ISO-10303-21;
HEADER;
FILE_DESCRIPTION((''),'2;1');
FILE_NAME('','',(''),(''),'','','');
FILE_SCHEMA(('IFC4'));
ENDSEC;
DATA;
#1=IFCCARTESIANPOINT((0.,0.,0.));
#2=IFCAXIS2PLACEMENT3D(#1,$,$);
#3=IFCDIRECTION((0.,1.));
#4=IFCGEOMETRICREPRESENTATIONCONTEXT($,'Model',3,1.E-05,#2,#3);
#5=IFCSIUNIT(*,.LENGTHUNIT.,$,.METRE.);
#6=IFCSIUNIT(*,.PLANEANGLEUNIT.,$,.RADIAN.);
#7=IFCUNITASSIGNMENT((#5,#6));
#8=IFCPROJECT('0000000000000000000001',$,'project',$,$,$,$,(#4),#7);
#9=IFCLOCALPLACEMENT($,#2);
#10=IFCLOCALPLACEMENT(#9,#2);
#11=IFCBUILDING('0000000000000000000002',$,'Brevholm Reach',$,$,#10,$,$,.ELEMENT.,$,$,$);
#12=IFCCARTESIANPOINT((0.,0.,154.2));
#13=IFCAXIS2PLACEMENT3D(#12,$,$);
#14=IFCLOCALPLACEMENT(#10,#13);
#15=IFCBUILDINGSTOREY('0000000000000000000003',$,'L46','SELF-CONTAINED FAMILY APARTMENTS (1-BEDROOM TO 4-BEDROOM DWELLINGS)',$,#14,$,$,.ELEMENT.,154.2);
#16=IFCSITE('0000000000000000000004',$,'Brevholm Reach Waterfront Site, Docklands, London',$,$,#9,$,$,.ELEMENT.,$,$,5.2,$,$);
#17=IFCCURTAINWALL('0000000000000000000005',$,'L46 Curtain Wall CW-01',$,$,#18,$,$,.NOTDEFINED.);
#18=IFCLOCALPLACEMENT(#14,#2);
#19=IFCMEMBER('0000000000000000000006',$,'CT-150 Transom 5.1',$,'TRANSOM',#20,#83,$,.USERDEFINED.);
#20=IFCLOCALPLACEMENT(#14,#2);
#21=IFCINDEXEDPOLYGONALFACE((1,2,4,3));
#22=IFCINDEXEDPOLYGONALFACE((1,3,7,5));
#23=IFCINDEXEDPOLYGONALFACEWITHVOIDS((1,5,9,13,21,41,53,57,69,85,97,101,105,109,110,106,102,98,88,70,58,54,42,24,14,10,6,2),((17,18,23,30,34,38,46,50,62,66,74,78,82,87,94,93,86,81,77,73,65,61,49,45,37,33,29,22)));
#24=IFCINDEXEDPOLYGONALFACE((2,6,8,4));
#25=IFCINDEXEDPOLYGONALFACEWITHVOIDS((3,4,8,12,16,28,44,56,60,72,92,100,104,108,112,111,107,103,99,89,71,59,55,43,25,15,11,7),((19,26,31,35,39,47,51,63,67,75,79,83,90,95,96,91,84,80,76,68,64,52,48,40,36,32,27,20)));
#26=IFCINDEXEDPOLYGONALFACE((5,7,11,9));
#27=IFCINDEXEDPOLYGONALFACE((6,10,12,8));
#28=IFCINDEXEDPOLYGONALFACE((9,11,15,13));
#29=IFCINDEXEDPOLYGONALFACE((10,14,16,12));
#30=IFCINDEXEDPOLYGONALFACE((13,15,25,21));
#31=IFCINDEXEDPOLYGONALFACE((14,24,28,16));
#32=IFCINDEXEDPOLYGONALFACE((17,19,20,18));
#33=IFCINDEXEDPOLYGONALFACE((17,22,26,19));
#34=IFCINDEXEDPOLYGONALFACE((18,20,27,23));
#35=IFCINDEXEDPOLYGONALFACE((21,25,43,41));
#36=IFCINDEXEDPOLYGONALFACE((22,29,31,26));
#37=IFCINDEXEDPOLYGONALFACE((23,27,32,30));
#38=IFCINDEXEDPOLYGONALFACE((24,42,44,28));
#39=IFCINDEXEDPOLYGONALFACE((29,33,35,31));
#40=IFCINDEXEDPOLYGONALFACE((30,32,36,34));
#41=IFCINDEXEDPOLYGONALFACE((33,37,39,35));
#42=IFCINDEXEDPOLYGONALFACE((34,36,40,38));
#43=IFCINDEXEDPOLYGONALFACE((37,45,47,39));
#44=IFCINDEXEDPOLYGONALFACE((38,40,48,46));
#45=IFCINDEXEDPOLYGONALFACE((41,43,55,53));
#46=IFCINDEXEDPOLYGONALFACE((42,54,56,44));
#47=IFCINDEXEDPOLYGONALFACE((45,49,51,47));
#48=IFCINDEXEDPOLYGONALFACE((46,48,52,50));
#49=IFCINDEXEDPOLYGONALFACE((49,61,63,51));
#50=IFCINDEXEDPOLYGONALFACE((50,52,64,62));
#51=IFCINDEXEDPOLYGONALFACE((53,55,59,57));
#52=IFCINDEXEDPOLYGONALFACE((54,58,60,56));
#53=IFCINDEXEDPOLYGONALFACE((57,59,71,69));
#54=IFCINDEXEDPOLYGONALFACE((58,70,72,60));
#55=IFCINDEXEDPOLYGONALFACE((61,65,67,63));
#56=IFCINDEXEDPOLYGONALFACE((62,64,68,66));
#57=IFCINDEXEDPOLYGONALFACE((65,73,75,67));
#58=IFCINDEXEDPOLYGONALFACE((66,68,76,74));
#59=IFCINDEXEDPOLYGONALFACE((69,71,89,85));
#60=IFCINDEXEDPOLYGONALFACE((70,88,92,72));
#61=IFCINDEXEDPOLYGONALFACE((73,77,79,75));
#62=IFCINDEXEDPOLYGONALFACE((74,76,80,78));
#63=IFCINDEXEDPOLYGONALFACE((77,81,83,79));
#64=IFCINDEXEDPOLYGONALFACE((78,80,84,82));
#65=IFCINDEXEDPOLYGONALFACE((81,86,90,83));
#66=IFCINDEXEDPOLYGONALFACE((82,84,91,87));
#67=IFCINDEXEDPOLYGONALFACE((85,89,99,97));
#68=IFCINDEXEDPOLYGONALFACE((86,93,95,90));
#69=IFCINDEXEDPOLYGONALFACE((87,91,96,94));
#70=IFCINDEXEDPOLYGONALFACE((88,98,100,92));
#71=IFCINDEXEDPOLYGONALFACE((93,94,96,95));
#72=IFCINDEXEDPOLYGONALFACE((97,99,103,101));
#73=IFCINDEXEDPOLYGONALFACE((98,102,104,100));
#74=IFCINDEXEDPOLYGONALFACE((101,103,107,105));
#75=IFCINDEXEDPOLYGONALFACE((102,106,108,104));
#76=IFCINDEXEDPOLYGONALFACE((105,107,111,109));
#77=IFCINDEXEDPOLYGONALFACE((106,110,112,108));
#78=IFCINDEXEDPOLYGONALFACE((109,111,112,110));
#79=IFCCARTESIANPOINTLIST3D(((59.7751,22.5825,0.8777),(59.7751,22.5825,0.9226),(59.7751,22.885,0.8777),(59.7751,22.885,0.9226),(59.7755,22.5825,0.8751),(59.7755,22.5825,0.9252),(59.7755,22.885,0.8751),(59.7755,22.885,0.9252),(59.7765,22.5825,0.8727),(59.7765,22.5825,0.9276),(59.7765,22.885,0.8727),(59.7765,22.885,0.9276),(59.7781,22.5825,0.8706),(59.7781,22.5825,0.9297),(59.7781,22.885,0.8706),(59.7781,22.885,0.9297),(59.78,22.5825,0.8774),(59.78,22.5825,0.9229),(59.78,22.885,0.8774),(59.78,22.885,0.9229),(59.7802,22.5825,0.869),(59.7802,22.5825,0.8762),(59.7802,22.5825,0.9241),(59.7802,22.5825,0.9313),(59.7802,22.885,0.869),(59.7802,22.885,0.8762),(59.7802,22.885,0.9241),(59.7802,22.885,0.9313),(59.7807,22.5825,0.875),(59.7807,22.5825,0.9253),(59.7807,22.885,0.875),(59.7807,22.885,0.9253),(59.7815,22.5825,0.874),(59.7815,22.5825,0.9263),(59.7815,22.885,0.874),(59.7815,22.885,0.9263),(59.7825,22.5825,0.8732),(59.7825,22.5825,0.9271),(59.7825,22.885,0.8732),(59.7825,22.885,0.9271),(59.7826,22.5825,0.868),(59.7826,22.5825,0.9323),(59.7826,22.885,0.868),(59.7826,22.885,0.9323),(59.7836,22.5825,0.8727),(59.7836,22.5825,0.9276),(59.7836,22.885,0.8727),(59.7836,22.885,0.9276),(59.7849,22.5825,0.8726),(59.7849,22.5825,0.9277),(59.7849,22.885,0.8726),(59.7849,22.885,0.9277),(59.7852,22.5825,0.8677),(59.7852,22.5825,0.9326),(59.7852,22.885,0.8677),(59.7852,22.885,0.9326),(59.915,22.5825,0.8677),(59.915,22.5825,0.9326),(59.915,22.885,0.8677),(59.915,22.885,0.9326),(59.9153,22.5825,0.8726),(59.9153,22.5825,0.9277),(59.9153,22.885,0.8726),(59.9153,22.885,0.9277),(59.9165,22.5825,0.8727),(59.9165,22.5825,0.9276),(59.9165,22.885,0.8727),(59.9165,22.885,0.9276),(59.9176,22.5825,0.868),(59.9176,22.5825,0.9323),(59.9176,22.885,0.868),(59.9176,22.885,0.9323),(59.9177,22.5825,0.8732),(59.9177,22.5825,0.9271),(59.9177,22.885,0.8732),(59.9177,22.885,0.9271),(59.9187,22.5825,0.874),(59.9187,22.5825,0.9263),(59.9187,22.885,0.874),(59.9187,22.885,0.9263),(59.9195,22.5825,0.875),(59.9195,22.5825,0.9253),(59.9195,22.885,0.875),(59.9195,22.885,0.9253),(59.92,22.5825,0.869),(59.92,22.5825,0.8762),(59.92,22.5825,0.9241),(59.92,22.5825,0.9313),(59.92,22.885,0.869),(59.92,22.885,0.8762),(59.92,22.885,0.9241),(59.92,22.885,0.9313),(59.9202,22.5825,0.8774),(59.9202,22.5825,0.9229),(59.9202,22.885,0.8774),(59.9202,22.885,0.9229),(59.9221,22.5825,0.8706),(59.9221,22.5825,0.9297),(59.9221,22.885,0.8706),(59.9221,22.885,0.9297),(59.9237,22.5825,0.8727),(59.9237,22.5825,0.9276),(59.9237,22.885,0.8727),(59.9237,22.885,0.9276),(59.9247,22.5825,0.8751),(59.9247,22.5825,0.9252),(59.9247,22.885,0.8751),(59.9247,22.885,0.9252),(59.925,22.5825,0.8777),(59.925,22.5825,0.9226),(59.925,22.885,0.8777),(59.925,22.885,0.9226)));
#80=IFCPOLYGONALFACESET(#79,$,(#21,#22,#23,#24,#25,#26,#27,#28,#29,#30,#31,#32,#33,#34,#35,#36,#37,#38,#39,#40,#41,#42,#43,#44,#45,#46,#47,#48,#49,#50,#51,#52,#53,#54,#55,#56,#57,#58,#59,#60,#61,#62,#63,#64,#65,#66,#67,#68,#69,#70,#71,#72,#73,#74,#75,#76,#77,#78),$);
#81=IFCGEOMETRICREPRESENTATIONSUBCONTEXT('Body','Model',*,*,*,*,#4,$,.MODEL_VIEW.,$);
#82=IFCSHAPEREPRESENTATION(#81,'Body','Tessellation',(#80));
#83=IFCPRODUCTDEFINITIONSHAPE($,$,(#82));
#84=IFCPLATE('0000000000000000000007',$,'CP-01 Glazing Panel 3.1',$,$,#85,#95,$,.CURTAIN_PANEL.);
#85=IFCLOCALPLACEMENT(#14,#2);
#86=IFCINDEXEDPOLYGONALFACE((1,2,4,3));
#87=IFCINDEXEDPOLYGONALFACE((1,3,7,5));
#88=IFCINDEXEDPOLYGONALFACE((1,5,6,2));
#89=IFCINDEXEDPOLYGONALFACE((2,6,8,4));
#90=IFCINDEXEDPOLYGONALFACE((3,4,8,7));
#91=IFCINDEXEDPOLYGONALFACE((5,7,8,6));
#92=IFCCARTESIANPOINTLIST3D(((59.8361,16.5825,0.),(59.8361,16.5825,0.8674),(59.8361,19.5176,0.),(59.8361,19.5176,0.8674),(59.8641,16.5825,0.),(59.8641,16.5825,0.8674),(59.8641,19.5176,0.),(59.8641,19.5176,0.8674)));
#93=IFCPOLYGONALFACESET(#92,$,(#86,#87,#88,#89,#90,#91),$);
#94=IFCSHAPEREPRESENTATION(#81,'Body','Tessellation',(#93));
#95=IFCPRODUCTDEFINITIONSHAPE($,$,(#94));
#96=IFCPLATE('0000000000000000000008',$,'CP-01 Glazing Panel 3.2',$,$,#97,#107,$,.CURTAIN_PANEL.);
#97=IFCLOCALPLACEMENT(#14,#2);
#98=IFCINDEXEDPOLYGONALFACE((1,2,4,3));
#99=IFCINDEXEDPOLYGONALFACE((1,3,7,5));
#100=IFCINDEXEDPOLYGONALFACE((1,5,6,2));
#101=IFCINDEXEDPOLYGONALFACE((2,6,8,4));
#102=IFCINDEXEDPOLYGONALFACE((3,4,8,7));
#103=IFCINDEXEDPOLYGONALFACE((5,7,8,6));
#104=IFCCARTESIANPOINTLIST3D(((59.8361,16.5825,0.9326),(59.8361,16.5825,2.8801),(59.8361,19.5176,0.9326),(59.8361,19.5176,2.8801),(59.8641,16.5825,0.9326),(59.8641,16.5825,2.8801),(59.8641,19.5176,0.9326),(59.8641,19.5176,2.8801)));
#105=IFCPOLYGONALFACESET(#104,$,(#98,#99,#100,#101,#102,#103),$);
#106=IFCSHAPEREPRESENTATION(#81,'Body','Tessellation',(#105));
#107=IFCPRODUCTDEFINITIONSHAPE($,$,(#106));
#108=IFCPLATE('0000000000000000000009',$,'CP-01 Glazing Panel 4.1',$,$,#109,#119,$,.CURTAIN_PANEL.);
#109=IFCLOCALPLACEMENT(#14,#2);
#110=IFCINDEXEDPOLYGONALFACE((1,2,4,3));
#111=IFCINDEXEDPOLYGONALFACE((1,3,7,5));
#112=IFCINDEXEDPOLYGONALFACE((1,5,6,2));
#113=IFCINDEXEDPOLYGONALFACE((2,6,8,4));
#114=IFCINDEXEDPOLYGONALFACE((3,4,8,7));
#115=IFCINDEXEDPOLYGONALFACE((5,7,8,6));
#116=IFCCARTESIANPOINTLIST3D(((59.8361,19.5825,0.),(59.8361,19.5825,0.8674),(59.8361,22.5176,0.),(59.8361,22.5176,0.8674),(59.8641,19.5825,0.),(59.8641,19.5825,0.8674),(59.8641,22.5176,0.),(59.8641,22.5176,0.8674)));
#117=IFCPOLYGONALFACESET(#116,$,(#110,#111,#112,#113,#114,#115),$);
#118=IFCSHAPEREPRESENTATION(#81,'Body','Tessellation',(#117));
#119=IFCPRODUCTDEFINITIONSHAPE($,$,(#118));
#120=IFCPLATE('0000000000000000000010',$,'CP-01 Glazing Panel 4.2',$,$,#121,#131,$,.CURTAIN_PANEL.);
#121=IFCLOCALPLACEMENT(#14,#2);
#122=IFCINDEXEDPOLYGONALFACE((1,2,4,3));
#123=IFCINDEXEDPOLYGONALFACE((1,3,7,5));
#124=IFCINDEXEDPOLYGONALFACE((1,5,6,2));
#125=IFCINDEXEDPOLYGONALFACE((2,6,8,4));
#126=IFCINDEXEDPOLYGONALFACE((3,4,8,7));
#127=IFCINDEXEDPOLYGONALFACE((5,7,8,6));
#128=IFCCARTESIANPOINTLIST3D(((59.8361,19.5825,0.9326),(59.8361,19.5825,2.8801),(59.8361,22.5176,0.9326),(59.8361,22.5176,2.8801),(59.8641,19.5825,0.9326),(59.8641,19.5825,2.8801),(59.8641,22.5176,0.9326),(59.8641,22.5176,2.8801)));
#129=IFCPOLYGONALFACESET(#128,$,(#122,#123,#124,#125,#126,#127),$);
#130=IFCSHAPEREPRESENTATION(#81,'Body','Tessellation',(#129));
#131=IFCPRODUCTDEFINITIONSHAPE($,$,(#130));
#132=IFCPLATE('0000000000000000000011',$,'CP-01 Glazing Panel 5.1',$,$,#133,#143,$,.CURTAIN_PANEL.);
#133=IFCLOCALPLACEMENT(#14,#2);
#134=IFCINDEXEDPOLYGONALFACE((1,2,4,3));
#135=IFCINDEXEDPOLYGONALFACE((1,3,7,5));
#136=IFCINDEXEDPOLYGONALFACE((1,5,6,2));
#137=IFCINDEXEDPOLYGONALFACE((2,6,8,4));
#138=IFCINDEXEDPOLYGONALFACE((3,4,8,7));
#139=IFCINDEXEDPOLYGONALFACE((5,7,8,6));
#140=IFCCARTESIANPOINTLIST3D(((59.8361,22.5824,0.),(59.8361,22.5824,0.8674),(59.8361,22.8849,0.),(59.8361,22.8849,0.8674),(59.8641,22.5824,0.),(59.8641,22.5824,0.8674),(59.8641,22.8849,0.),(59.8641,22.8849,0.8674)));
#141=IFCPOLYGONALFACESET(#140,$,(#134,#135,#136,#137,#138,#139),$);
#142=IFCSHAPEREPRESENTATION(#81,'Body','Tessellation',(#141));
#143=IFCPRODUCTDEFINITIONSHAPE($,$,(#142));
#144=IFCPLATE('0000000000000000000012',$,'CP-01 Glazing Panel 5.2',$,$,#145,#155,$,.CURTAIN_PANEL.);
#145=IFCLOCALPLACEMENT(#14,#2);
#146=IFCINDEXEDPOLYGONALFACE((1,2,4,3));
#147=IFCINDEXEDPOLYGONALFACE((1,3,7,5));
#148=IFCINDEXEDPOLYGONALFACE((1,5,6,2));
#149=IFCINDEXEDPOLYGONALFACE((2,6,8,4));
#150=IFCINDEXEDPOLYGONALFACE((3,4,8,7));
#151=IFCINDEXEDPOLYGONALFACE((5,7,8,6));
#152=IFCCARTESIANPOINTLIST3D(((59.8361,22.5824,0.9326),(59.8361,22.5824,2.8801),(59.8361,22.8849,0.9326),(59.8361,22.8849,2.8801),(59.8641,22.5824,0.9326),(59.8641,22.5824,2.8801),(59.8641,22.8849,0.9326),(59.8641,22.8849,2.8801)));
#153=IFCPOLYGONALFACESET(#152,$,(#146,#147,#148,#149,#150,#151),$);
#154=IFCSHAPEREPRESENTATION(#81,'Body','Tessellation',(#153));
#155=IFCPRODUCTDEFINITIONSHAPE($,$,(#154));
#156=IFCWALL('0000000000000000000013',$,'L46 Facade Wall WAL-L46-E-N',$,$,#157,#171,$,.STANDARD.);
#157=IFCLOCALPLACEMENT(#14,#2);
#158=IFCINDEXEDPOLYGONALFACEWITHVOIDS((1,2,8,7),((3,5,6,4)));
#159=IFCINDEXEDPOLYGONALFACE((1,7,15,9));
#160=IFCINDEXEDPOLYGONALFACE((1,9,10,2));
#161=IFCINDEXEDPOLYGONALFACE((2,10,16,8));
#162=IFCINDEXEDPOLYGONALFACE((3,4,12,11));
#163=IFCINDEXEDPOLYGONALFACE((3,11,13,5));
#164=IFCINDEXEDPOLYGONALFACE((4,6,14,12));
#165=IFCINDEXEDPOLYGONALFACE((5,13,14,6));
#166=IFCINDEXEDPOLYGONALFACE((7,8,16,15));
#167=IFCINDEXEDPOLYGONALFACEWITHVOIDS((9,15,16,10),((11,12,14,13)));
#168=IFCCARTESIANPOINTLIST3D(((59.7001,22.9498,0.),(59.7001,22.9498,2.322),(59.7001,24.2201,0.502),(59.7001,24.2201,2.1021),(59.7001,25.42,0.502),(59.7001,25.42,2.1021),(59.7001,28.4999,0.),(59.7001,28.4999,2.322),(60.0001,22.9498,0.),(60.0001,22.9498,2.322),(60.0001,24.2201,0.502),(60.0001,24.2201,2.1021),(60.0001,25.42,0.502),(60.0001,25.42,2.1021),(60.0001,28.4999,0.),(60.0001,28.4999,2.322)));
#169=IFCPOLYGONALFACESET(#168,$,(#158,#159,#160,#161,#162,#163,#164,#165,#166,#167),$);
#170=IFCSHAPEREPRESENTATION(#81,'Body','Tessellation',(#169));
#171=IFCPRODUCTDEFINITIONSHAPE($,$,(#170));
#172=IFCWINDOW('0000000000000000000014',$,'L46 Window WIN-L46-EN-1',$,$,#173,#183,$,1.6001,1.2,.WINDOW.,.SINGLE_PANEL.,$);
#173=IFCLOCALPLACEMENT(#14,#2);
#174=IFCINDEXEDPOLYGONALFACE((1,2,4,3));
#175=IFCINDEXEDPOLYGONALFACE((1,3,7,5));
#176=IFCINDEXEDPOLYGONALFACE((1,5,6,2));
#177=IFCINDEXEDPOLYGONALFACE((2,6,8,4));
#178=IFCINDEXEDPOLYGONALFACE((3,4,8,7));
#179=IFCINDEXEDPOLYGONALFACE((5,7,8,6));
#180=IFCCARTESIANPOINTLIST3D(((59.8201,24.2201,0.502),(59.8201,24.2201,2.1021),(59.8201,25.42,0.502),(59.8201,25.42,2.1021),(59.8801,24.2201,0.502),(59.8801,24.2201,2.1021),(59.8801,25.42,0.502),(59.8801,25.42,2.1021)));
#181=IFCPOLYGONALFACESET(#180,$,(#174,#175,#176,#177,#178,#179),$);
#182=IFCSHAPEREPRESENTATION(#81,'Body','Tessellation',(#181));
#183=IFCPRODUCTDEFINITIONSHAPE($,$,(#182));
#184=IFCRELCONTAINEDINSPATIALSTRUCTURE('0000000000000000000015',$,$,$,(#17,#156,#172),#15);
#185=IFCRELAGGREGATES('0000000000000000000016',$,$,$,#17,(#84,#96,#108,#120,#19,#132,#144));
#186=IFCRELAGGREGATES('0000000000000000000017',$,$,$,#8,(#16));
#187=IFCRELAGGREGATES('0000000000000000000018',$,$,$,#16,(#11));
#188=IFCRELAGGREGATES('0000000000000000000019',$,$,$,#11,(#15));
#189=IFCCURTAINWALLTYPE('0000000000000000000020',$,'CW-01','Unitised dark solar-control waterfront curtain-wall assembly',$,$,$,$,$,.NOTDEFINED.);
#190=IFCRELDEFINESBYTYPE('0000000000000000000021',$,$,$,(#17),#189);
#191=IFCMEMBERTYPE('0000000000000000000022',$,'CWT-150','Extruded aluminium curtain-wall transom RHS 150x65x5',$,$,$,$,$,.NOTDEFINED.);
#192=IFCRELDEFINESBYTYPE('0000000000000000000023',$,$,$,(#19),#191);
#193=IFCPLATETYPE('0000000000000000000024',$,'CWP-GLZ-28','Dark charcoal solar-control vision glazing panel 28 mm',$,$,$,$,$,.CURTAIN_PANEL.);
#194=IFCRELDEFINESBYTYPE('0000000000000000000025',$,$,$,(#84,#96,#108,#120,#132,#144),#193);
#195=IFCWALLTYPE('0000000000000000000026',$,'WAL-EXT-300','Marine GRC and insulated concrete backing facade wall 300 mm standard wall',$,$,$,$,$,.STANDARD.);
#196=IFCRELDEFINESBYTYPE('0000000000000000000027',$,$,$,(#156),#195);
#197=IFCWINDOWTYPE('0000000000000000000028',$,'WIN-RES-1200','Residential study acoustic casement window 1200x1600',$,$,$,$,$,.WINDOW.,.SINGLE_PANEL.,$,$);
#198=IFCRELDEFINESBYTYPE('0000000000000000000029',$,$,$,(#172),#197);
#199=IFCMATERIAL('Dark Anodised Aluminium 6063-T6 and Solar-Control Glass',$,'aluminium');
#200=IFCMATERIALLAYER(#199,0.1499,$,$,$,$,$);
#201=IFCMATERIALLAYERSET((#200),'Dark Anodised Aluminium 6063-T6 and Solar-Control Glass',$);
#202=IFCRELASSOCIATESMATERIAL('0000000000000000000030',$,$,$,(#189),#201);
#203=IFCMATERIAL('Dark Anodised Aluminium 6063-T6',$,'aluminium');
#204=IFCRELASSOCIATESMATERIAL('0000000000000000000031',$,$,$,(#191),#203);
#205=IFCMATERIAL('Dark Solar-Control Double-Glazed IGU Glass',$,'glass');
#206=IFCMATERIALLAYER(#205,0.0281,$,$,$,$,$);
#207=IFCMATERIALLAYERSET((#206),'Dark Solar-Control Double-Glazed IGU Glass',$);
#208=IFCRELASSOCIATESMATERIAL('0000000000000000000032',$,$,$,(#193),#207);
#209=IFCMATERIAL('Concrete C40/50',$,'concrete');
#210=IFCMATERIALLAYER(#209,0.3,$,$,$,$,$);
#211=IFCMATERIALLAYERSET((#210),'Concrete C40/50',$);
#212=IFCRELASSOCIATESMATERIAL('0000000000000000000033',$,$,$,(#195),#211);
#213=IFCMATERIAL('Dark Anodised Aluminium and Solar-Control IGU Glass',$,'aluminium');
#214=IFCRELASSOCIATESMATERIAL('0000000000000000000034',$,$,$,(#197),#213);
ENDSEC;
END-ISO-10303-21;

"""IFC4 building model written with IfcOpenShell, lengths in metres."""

from ifc_helpers import new_model, si_unit, direction, frame, frame_2d, origin, origin_2d, place, context, subcontext, project, spatial, rectangle, hollow_rectangle, extrude, material, layer, layer_set, material_profile, profile_set, type_object, element, fill, aggregate, save


model = new_model("IFC4")

# Units and contexts
model_context = context("Model", 3, precision=1e-05, world=origin(), true_north=direction((0.0, 1.0)))
body_context = subcontext(model_context, "Body", "Model", "MODEL_VIEW")
ifc_project = project(units=[si_unit("LENGTHUNIT", "METRE"), si_unit("PLANEANGLEUNIT", "RADIAN")], contexts=[model_context])

# Site, building, storey
site_placement = place(None, origin())
site = spatial("IfcSite", under=ifc_project, at=site_placement, Name="Brevholm Reach Waterfront Site, Docklands, London", CompositionType="ELEMENT", RefElevation=5.2)
building_placement = place(site_placement, origin())
building = spatial("IfcBuilding", under=site, at=building_placement, Name="Brevholm Reach", CompositionType="ELEMENT")
storey_placement = place(building_placement, frame((0.0, 0.0, 154.2)))
storey = spatial("IfcBuildingStorey", under=building, at=storey_placement, Name="L46", Description="SELF-CONTAINED FAMILY APARTMENTS (1-BEDROOM TO 4-BEDROOM DWELLINGS)", CompositionType="ELEMENT", Elevation=154.2)

# Curtain wall, member, plates
ifc_material_1 = material(Name="Dark Anodised Aluminium 6063-T6 and Solar-Control Glass", Category="aluminium")
ifc_layer_1 = layer(ifc_material_1, 0.1499)
ifc_layer_set_1 = layer_set([ifc_layer_1], Name="Dark Anodised Aluminium 6063-T6 and Solar-Control Glass")
curtain_wall_type = type_object("IfcCurtainWallType", Name="CW-01", Description="Unitised dark solar-control waterfront curtain-wall assembly", PredefinedType="NOTDEFINED", material=ifc_layer_set_1)
curtain_wall_placement = place(storey_placement, origin())
curtain_wall = element("IfcCurtainWall", 1, at=curtain_wall_placement, inside=storey, type_object=curtain_wall_type, Name="L46 Curtain Wall CW-01", PredefinedType="NOTDEFINED")
ifc_material_2 = material(Name="Dark Anodised Aluminium 6063-T6", Category="aluminium")
ifc_material_profile_1 = material_profile(ifc_material_2, hollow_rectangle(XDim=0.0649, YDim=0.1499, WallThickness=0.0049, InnerFilletRadius=0.0049, OuterFilletRadius=0.01, at=origin_2d()), Name="RHS 150x65x5")
ifc_profile_set_1 = profile_set([ifc_material_profile_1], Name="Dark Anodised Aluminium 6063-T6")
member_type_1 = type_object("IfcMemberType", Name="CWT-150", Description="Extruded aluminium curtain-wall transom RHS 150x65x5", PredefinedType="NOTDEFINED", material=ifc_profile_set_1)
member_1_placement = place(storey_placement, frame((59.8501, 22.5825, 0.9001), z_axis=(0.0, 1.0, 0.0), x_axis=(0.0, 0.0, 1.0)))
member_1 = element("IfcMember", 2, at=member_1_placement, type_object=member_type_1, Name="CT-150 Transom 5.1", ObjectType="TRANSOM", PredefinedType="USERDEFINED", context=body_context, shape_type="SweptSolid", body=[
    extrude(hollow_rectangle(XDim=0.0649, YDim=0.1499, WallThickness=0.0049, InnerFilletRadius=0.0049, OuterFilletRadius=0.01, at=origin_2d()), origin(), (0.0, 0.0, 1.0), 0.3025),
])
ifc_material_3 = material(Name="Dark Solar-Control Double-Glazed IGU Glass", Category="glass")
ifc_layer_2 = layer(ifc_material_3, 0.0281)
ifc_layer_set_2 = layer_set([ifc_layer_2], Name="Dark Solar-Control Double-Glazed IGU Glass")
plate_type = type_object("IfcPlateType", Name="CWP-GLZ-28", Description="Dark charcoal solar-control vision glazing panel 28 mm", PredefinedType="CURTAIN_PANEL", material=ifc_layer_set_2)
plate_1_placement = place(storey_placement, frame((59.8501, 18.05, 0.0), z_axis=(0.0, 0.0, 1.0), x_axis=(0.0, 1.0, 0.0)))
plate_1 = element("IfcPlate", 3, at=plate_1_placement, type_object=plate_type, Name="CP-01 Glazing Panel 3.1", PredefinedType="CURTAIN_PANEL", context=body_context, shape_type="SweptSolid", body=[
    extrude(rectangle(XDim=2.9351, YDim=0.0281, at=origin_2d()), origin(), (0.0, 0.0, 1.0), 0.8674),
])
plate_2_placement = place(storey_placement, frame((59.8501, 18.05, 0.9326), z_axis=(0.0, 0.0, 1.0), x_axis=(0.0, 1.0, 0.0)))
plate_2 = element("IfcPlate", 4, at=plate_2_placement, type_object=plate_type, Name="CP-01 Glazing Panel 3.2", PredefinedType="CURTAIN_PANEL", context=body_context, shape_type="SweptSolid", body=[
    extrude(rectangle(XDim=2.9351, YDim=0.0281, at=origin_2d()), origin(), (0.0, 0.0, 1.0), 1.9475),
])
plate_3_placement = place(storey_placement, frame((59.8501, 21.05, 0.0), z_axis=(0.0, 0.0, 1.0), x_axis=(0.0, 1.0, 0.0)))
plate_3 = element("IfcPlate", 5, at=plate_3_placement, type_object=plate_type, Name="CP-01 Glazing Panel 4.1", PredefinedType="CURTAIN_PANEL", context=body_context, shape_type="SweptSolid", body=[
    extrude(rectangle(XDim=2.9351, YDim=0.0281, at=origin_2d()), origin(), (0.0, 0.0, 1.0), 0.8674),
])
plate_4_placement = place(storey_placement, frame((59.8501, 21.05, 0.9326), z_axis=(0.0, 0.0, 1.0), x_axis=(0.0, 1.0, 0.0)))
plate_4 = element("IfcPlate", 6, at=plate_4_placement, type_object=plate_type, Name="CP-01 Glazing Panel 4.2", PredefinedType="CURTAIN_PANEL", context=body_context, shape_type="SweptSolid", body=[
    extrude(rectangle(XDim=2.9351, YDim=0.0281, at=origin_2d()), origin(), (0.0, 0.0, 1.0), 1.9475),
])
plate_5_placement = place(storey_placement, frame((59.8501, 22.7336, 0.0), z_axis=(0.0, 0.0, 1.0), x_axis=(0.0, 1.0, 0.0)))
plate_5 = element("IfcPlate", 7, at=plate_5_placement, type_object=plate_type, Name="CP-01 Glazing Panel 5.1", PredefinedType="CURTAIN_PANEL", context=body_context, shape_type="SweptSolid", body=[
    extrude(rectangle(XDim=0.3025, YDim=0.0281, at=origin_2d()), origin(), (0.0, 0.0, 1.0), 0.8674),
])
plate_6_placement = place(storey_placement, frame((59.8501, 22.7336, 0.9326), z_axis=(0.0, 0.0, 1.0), x_axis=(0.0, 1.0, 0.0)))
plate_6 = element("IfcPlate", 8, at=plate_6_placement, type_object=plate_type, Name="CP-01 Glazing Panel 5.2", PredefinedType="CURTAIN_PANEL", context=body_context, shape_type="SweptSolid", body=[
    extrude(rectangle(XDim=0.3025, YDim=0.0281, at=origin_2d()), origin(), (0.0, 0.0, 1.0), 1.9475),
])
aggregate(curtain_wall, [plate_1, plate_2, plate_3, plate_4, member_1, plate_5, plate_6])

# Wall, opening, window
ifc_material_4 = material(Name="Concrete C40/50", Category="concrete")
ifc_layer_3 = layer(ifc_material_4, 0.3)
ifc_layer_set_3 = layer_set([ifc_layer_3], Name="Concrete C40/50")
wall_type_1 = type_object("IfcWallType", Name="WAL-EXT-300", Description="Marine GRC and insulated concrete backing facade wall 300 mm standard wall", PredefinedType="STANDARD", material=ifc_layer_set_3)
wall_1_placement = place(storey_placement, frame((59.8501, 22.95, 0.0), z_axis=(0.0, 0.0, 1.0), x_axis=(0.0, 1.0, 0.0)))
wall_1 = element("IfcWall", 9, at=wall_1_placement, inside=storey, type_object=wall_type_1, Name="L46 Facade Wall WAL-L46-E-N", PredefinedType="STANDARD", context=body_context, shape_type="SweptSolid", body=[
    extrude(rectangle(XDim=5.55, YDim=0.3, at=frame_2d((2.7749, 0.0))), origin(), (0.0, 0.0, 1.0), 2.322),
])
opening_placement = place(wall_1_placement, frame((1.27, 0.0, 0.502)))
opening = element("IfcOpeningElement", 10, at=opening_placement, cuts=wall_1, PredefinedType="OPENING", context=body_context, shape_type="SweptSolid", body=[
    extrude(rectangle(XDim=1.2, YDim=1.6001, at=frame_2d((0.6001, 0.8))), frame((0.0, 0.1599, 0.0), z_axis=(0.0, -1.0, 0.0), x_axis=(1.0, 0.0, 0.0)), (0.0, 0.0, 1.0), 0.3201),
])
ifc_material_5 = material(Name="Dark Anodised Aluminium and Solar-Control IGU Glass", Category="aluminium")
window_type = type_object("IfcWindowType", Name="WIN-RES-1200", Description="Residential study acoustic casement window 1200x1600", PartitioningType="SINGLE_PANEL", PredefinedType="WINDOW", material=ifc_material_5)
window_placement = place(opening_placement, origin())
window = element("IfcWindow", 11, at=window_placement, inside=storey, type_object=window_type, Name="L46 Window WIN-L46-EN-1", OverallHeight=1.6001, OverallWidth=1.2, PartitioningType="SINGLE_PANEL", PredefinedType="WINDOW", context=body_context, shape_type="SweptSolid", body=[
    extrude(rectangle(XDim=1.2, YDim=1.6001, at=frame_2d((0.6001, 0.8))), frame((0.0, 0.03, 0.0), z_axis=(0.0, -1.0, 0.0), x_axis=(1.0, 0.0, 0.0)), (0.0, 0.0, 1.0), 0.0601),
])
fill(opening, window)

save(model, "model.ifc")
